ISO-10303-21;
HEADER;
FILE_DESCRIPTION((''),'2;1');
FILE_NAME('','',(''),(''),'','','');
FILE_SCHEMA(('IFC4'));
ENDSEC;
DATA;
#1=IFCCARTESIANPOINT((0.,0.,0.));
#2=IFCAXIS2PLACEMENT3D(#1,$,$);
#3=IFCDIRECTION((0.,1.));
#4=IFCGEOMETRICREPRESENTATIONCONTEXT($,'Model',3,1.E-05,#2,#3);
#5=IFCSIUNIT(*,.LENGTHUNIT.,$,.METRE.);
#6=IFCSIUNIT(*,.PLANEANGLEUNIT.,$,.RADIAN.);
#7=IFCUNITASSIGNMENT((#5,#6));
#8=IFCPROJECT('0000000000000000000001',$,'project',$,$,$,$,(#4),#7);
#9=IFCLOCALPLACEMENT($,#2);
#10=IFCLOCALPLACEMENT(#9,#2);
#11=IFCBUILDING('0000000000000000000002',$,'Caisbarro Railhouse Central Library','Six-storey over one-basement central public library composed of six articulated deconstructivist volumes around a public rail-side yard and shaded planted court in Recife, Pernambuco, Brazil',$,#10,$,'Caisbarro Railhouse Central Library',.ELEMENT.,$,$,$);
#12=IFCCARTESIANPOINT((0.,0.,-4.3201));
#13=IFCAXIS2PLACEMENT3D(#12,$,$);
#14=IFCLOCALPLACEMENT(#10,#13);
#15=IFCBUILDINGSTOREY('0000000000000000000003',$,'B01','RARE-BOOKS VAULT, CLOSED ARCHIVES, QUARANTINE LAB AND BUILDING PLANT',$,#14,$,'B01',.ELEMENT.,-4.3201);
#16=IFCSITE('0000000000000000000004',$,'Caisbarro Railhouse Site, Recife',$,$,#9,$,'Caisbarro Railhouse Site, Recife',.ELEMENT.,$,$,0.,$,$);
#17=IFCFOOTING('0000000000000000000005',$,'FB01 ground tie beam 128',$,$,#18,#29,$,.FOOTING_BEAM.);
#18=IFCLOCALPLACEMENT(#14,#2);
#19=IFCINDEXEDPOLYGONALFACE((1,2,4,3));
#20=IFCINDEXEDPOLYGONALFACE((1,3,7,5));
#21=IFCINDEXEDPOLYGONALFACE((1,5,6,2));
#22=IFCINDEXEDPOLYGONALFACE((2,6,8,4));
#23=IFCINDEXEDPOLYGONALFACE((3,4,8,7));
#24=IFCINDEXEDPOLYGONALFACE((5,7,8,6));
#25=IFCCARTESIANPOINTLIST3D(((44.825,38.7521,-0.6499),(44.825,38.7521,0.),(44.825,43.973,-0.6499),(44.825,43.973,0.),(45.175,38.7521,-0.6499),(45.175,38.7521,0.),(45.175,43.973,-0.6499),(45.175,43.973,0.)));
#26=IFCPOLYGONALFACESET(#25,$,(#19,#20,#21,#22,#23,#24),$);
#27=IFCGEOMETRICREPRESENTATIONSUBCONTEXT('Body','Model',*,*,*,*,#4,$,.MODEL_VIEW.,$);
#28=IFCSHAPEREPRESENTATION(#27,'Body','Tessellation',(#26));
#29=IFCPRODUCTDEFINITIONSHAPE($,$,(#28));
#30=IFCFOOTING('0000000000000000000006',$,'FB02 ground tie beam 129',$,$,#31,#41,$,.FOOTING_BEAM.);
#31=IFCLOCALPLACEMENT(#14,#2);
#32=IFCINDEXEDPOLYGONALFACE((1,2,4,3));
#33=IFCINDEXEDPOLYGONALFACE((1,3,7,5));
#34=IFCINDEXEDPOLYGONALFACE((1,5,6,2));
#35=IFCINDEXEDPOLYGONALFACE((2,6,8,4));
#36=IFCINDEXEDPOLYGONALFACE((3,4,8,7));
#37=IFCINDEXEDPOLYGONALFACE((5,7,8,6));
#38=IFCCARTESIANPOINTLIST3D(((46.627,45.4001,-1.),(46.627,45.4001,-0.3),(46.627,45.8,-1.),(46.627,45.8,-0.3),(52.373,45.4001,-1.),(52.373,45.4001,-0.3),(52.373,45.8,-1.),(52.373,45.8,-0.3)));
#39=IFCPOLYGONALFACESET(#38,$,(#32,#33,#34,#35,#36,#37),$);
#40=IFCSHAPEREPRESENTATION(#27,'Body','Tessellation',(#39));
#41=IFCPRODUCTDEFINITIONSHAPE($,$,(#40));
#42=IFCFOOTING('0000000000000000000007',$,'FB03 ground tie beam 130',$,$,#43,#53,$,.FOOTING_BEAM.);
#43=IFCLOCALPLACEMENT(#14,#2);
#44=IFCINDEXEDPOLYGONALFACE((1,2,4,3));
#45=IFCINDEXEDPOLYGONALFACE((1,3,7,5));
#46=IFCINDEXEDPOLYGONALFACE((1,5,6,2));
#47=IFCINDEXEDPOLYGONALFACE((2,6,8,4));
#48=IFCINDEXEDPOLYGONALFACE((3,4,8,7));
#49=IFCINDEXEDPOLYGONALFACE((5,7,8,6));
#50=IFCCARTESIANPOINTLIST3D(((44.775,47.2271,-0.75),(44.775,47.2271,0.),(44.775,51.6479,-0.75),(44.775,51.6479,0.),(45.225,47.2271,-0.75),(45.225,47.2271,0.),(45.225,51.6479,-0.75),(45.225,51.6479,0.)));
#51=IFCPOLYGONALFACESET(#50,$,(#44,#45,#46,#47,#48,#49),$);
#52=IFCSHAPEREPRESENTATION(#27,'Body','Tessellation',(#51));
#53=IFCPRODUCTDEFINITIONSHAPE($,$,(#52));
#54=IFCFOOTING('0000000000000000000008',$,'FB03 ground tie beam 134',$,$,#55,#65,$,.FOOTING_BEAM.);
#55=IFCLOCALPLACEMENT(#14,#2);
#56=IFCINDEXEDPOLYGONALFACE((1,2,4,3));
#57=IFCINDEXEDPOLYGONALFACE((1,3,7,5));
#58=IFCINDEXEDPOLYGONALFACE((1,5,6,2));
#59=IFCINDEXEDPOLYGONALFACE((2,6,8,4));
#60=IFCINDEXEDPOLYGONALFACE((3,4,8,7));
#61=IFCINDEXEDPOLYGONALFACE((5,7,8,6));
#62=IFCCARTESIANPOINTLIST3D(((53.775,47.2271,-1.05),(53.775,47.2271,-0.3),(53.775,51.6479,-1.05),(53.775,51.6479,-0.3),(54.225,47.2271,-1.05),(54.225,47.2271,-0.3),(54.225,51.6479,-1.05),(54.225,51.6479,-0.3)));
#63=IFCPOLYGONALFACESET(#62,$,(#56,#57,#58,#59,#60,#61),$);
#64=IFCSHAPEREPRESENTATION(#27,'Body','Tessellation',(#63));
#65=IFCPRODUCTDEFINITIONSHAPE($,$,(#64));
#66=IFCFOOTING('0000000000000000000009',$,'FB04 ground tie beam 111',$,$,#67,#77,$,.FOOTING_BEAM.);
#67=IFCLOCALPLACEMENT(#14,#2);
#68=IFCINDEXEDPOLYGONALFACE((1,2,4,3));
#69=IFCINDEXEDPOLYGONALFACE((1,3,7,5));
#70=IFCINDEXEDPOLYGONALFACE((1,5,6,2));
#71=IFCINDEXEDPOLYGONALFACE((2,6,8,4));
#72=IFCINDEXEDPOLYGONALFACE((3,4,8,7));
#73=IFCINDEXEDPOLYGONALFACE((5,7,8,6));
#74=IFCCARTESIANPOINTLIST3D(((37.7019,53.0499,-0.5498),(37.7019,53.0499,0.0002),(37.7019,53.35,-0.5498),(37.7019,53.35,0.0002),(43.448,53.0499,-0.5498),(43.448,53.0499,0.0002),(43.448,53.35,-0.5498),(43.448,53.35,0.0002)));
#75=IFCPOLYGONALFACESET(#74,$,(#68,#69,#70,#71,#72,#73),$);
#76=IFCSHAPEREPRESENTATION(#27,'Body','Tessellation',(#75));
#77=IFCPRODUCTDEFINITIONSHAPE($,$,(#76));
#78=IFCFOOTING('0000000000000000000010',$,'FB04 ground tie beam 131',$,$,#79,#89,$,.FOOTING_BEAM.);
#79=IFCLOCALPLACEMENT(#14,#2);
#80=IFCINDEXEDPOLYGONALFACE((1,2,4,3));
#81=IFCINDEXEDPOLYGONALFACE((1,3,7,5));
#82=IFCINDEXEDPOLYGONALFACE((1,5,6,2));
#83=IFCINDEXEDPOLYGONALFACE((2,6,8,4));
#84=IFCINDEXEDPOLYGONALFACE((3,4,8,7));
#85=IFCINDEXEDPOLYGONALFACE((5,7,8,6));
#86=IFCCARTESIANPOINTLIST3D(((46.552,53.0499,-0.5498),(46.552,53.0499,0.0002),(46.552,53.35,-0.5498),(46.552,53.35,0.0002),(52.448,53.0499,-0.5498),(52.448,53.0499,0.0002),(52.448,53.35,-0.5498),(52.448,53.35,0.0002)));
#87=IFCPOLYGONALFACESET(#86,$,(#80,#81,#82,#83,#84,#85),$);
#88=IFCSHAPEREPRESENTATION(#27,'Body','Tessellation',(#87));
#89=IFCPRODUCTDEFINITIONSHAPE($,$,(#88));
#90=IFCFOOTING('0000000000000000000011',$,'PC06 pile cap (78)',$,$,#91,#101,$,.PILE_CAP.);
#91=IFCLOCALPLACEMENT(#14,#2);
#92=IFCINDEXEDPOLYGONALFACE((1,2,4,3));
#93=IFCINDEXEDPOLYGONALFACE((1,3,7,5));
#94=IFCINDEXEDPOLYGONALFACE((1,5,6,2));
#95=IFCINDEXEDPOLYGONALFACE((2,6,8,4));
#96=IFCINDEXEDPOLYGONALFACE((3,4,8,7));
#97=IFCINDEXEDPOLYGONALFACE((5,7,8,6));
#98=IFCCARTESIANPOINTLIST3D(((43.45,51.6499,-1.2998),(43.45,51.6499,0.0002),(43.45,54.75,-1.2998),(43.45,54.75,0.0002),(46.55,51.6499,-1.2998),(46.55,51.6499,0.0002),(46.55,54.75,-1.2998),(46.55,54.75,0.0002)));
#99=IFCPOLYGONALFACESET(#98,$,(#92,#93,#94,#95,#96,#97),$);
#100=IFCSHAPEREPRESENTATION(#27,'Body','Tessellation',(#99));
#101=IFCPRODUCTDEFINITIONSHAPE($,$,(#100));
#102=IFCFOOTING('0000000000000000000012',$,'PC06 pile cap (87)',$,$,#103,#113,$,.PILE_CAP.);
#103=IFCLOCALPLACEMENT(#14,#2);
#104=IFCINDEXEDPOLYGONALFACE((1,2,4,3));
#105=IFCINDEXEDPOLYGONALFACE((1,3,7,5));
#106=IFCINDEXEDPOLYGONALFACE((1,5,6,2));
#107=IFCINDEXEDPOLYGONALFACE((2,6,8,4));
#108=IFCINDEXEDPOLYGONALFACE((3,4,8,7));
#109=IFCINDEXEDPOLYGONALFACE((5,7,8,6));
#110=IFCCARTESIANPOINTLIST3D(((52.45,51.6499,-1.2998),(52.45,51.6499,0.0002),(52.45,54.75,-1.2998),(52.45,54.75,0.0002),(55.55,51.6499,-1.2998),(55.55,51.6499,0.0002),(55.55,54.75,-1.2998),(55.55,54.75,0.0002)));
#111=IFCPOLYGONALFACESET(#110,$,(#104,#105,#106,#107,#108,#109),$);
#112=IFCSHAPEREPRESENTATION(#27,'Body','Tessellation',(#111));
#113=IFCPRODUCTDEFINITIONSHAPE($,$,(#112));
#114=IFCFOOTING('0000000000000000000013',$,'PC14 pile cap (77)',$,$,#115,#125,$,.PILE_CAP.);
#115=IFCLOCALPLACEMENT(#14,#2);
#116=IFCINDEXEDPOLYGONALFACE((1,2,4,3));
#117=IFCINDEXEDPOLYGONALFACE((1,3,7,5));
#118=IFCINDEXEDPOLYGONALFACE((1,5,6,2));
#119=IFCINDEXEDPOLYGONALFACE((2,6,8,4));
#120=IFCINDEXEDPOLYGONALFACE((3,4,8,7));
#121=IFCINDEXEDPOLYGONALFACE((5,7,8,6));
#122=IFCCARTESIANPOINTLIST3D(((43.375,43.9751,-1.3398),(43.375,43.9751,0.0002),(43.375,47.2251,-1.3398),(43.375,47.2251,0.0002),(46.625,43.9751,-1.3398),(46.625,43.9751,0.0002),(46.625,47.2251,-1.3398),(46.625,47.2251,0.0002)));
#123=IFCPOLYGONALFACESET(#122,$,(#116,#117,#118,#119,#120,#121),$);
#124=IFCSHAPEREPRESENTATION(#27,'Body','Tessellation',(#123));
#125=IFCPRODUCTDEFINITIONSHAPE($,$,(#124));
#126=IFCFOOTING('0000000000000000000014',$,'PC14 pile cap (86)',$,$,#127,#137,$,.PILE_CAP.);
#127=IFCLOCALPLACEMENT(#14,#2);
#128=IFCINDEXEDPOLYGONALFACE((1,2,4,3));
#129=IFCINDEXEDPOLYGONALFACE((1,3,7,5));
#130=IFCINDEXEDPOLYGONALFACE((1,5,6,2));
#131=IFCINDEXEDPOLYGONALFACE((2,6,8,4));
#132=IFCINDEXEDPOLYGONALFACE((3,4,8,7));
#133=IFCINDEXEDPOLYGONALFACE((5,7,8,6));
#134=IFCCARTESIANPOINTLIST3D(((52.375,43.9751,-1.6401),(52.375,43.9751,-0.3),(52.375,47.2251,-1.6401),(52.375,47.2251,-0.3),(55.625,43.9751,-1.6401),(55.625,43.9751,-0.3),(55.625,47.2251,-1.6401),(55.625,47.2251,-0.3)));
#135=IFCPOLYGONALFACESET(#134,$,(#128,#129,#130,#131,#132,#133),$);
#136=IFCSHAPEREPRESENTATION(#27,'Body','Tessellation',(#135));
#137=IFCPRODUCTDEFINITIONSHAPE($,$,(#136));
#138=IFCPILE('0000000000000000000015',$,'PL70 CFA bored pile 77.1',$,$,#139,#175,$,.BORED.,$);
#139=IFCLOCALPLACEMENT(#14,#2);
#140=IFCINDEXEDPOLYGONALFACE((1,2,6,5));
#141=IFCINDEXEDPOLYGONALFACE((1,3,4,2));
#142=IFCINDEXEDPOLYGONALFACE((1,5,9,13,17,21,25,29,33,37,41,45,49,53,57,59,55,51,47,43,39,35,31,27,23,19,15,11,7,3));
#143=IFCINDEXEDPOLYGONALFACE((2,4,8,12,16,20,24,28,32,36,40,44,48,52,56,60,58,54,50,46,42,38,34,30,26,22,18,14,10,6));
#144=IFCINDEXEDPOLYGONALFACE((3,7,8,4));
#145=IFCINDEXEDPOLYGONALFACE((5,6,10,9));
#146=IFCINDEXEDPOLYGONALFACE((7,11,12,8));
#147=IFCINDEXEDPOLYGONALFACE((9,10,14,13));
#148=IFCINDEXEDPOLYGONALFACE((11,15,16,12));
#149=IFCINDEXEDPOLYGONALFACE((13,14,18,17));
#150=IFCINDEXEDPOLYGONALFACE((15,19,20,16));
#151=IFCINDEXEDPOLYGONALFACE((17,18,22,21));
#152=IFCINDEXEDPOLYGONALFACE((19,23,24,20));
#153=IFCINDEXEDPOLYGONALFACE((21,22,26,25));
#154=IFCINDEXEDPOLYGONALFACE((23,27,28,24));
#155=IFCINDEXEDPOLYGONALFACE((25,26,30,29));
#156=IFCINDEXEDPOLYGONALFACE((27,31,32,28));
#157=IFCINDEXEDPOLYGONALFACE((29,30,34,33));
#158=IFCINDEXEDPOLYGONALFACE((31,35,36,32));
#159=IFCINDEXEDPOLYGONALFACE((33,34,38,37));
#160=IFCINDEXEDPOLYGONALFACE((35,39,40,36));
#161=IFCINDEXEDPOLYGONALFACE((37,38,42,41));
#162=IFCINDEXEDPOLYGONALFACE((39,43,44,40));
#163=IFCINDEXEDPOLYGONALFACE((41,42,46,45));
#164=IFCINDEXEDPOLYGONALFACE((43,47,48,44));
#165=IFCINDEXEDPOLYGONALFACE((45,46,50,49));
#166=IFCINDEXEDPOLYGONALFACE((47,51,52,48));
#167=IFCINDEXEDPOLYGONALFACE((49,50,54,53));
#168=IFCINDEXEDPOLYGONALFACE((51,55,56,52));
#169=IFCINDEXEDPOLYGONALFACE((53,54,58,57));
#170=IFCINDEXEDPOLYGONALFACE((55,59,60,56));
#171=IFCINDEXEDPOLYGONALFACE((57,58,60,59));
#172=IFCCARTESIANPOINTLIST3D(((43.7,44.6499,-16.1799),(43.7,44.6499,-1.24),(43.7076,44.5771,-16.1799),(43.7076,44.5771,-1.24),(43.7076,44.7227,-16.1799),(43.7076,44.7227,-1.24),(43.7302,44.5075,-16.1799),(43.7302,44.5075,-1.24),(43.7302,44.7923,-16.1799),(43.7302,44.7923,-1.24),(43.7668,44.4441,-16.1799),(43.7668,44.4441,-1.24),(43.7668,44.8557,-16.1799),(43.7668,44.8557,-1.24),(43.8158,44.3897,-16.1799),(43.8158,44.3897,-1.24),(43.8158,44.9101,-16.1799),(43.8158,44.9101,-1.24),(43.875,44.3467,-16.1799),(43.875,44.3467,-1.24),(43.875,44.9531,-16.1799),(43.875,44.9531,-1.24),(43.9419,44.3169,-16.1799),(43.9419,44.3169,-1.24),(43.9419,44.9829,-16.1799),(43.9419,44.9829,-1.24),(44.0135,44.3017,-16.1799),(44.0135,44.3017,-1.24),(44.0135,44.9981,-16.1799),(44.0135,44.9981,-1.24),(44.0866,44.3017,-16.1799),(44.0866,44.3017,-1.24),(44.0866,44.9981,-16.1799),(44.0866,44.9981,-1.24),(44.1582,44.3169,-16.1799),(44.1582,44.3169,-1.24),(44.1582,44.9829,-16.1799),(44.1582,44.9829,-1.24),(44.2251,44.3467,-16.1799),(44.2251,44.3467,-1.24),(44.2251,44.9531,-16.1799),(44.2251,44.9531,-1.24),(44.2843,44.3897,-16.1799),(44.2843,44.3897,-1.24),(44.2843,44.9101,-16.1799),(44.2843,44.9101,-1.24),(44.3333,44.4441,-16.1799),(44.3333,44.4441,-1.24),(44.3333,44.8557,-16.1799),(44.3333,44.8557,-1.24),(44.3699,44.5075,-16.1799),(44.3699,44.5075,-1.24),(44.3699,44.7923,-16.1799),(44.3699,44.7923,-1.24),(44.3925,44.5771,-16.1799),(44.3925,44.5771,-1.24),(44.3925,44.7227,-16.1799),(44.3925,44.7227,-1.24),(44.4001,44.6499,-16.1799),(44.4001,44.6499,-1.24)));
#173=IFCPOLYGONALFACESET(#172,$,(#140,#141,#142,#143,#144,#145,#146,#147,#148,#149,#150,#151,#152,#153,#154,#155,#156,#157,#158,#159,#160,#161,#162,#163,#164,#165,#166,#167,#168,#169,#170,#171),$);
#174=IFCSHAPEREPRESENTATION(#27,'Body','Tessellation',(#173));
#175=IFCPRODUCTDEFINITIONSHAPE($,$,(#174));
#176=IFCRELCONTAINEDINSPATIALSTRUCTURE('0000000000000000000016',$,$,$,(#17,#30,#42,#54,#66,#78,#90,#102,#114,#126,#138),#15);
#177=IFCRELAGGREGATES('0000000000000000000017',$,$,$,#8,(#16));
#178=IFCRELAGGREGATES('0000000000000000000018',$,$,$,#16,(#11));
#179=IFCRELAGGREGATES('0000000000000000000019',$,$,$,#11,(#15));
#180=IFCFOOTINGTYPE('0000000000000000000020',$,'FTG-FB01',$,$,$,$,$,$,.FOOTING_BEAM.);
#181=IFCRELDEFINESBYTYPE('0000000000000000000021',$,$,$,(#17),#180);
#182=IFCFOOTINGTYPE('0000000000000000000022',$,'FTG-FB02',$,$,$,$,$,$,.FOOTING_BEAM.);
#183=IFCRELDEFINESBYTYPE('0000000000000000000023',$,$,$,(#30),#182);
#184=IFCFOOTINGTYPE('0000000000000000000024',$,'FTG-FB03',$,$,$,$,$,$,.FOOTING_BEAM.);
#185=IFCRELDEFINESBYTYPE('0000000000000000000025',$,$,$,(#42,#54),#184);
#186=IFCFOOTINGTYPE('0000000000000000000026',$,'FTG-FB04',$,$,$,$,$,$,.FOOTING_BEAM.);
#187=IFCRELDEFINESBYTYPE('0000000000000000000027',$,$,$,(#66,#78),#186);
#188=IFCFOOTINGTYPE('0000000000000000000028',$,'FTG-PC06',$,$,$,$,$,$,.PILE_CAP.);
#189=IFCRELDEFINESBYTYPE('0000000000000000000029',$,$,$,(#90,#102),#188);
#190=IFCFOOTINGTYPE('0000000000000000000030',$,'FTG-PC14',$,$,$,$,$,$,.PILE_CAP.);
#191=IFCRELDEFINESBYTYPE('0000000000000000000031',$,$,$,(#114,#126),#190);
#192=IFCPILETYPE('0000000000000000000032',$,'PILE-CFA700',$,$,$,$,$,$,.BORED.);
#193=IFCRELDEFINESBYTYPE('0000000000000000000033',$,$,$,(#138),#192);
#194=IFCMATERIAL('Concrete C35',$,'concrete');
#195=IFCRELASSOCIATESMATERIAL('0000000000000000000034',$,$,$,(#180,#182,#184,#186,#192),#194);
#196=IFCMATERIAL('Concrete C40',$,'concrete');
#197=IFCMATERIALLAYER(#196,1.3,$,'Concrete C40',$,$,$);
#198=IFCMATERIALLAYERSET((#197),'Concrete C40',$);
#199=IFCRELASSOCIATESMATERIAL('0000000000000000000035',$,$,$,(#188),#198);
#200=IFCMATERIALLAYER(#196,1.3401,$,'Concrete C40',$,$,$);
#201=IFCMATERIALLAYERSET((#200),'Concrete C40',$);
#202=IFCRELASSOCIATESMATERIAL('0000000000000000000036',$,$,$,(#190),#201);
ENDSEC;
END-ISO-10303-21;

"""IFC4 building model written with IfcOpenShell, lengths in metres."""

from ifc_helpers import new_model, si_unit, direction, frame, origin, origin_2d, place, context, subcontext, project, spatial, rectangle, circle, extrude, material, layer, layer_set, material_profile, profile_set, type_object, element, save


model = new_model("IFC4")

# Units and contexts
model_context = context("Model", 3, precision=1e-05, world=origin(), true_north=direction((0.0, 1.0)))
body_context = subcontext(model_context, "Body", "Model", "MODEL_VIEW")
ifc_project = project(units=[si_unit("LENGTHUNIT", "METRE"), si_unit("PLANEANGLEUNIT", "RADIAN")], contexts=[model_context])

# Site, building, storey
site_placement = place(None, origin())
site = spatial("IfcSite", under=ifc_project, at=site_placement, Name="Caisbarro Railhouse Site, Recife", LongName="Caisbarro Railhouse Site, Recife", CompositionType="ELEMENT", RefElevation=0.0)
building_placement = place(site_placement, origin())
building = spatial("IfcBuilding", under=site, at=building_placement, Name="Caisbarro Railhouse Central Library", Description="Six-storey over one-basement central public library composed of six articulated deconstructivist volumes around a public rail-side yard and shaded planted court in Recife, Pernambuco, Brazil", LongName="Caisbarro Railhouse Central Library", CompositionType="ELEMENT")
storey_placement = place(building_placement, frame((0.0, 0.0, -4.3201)))
storey = spatial("IfcBuildingStorey", under=building, at=storey_placement, Name="B01", Description="RARE-BOOKS VAULT, CLOSED ARCHIVES, QUARANTINE LAB AND BUILDING PLANT", LongName="B01", CompositionType="ELEMENT", Elevation=-4.3201)

# Footings
ifc_material_1 = material(Name="Concrete C35", Category="concrete")
footing_type_1 = type_object("IfcFootingType", Name="FTG-FB01", PredefinedType="FOOTING_BEAM", material=ifc_material_1)
footing_1_placement = place(storey_placement, frame((45.0, 41.3625, -0.6499), z_axis=(0.0, 0.0, 1.0), x_axis=(0.0, 1.0, 0.0)))
element("IfcFooting", 1, at=footing_1_placement, inside=storey, type_object=footing_type_1, Name="FB01 ground tie beam 128", PredefinedType="FOOTING_BEAM", context=body_context, shape_type="SweptSolid", body=[
    extrude(rectangle(XDim=5.2209, YDim=0.3501, at=origin_2d()), origin(), (0.0, 0.0, 1.0), 0.6499),
])
footing_type_2 = type_object("IfcFootingType", Name="FTG-FB02", PredefinedType="FOOTING_BEAM", material=ifc_material_1)
footing_2_placement = place(storey_placement, frame((49.5, 45.6001, -1.0), z_axis=(0.0, 0.0, 1.0), x_axis=(1.0, 0.0, 0.0)))
element("IfcFooting", 2, at=footing_2_placement, inside=storey, type_object=footing_type_2, Name="FB02 ground tie beam 129", PredefinedType="FOOTING_BEAM", context=body_context, shape_type="SweptSolid", body=[
    extrude(rectangle(XDim=5.7461, YDim=0.3999, at=origin_2d()), origin(), (0.0, 0.0, 1.0), 0.7),
])
footing_type_3 = type_object("IfcFootingType", Name="FTG-FB03", PredefinedType="FOOTING_BEAM", material=ifc_material_1)
for number, where, z_axis, x_axis, name in (
    (3, (45.0, 49.4375, -0.75), (0.0, 0.0, 1.0), (0.0, 1.0, 0.0), "FB03 ground tie beam 130"),
    (4, (54.0, 49.4375, -1.05), (0.0, 0.0, 1.0), (0.0, 1.0, 0.0), "FB03 ground tie beam 134"),
):
    element("IfcFooting", number, at=place(storey_placement, frame(where, z_axis=z_axis, x_axis=x_axis)), inside=storey, type_object=footing_type_3, Name=name, PredefinedType="FOOTING_BEAM", context=body_context, shape_type="SweptSolid", body=[
        extrude(rectangle(XDim=4.4209, YDim=0.45, at=origin_2d()), origin(), (0.0, 0.0, 1.0), 0.75),
    ])
footing_type_4 = type_object("IfcFootingType", Name="FTG-FB04", PredefinedType="FOOTING_BEAM", material=ifc_material_1)
footing_3_placement = place(storey_placement, frame((40.575, 53.2, -0.5498), z_axis=(0.0, 0.0, 1.0), x_axis=(1.0, 0.0, 0.0)))
element("IfcFooting", 5, at=footing_3_placement, inside=storey, type_object=footing_type_4, Name="FB04 ground tie beam 111", PredefinedType="FOOTING_BEAM", context=body_context, shape_type="SweptSolid", body=[
    extrude(rectangle(XDim=5.7461, YDim=0.3, at=origin_2d()), origin(), (0.0, 0.0, 1.0), 0.55),
])
footing_4_placement = place(storey_placement, frame((49.5, 53.2, -0.5498), z_axis=(0.0, 0.0, 1.0), x_axis=(1.0, 0.0, 0.0)))
element("IfcFooting", 6, at=footing_4_placement, inside=storey, type_object=footing_type_4, Name="FB04 ground tie beam 131", PredefinedType="FOOTING_BEAM", context=body_context, shape_type="SweptSolid", body=[
    extrude(rectangle(XDim=5.896, YDim=0.3, at=origin_2d()), origin(), (0.0, 0.0, 1.0), 0.55),
])
ifc_material_2 = material(Name="Concrete C40", Category="concrete")
ifc_layer_1 = layer(ifc_material_2, 1.3, Name="Concrete C40")
ifc_layer_set_1 = layer_set([ifc_layer_1], Name="Concrete C40")
footing_type_5 = type_object("IfcFootingType", Name="FTG-PC06", PredefinedType="PILE_CAP", material=ifc_layer_set_1)
for number, where, z_axis, x_axis, name in (
    (7, (45.0, 53.2, -1.2998), (0.0, 0.0, 1.0), (1.0, 0.0, 0.0), "PC06 pile cap (78)"),
    (8, (54.0, 53.2, -1.2998), (0.0, 0.0, 1.0), (1.0, 0.0, 0.0), "PC06 pile cap (87)"),
):
    element("IfcFooting", number, at=place(storey_placement, frame(where, z_axis=z_axis, x_axis=x_axis)), inside=storey, type_object=footing_type_5, Name=name, PredefinedType="PILE_CAP", context=body_context, shape_type="SweptSolid", body=[
        extrude(rectangle(XDim=3.1001, YDim=3.1001, at=origin_2d()), origin(), (0.0, 0.0, 1.0), 1.3),
    ])
ifc_layer_2 = layer(ifc_material_2, 1.3401, Name="Concrete C40")
ifc_layer_set_2 = layer_set([ifc_layer_2], Name="Concrete C40")
footing_type_6 = type_object("IfcFootingType", Name="FTG-PC14", PredefinedType="PILE_CAP", material=ifc_layer_set_2)
for number, where, z_axis, x_axis, name in (
    (9, (45.0, 45.6001, -1.3398), (0.0, 0.0, 1.0), (1.0, 0.0, 0.0), "PC14 pile cap (77)"),
    (10, (54.0, 45.6001, -1.6401), (0.0, 0.0, 1.0), (1.0, 0.0, 0.0), "PC14 pile cap (86)"),
):
    element("IfcFooting", number, at=place(storey_placement, frame(where, z_axis=z_axis, x_axis=x_axis)), inside=storey, type_object=footing_type_6, Name=name, PredefinedType="PILE_CAP", context=body_context, shape_type="SweptSolid", body=[
        extrude(rectangle(XDim=3.25, YDim=3.25, at=origin_2d()), origin(), (0.0, 0.0, 1.0), 1.3401),
    ])

# Pile
ifc_material_profile_1 = material_profile(ifc_material_1, circle(Radius=0.3501, at=origin_2d()), Name="PILE-CFA-700")
ifc_profile_set_1 = profile_set([ifc_material_profile_1], Name="Concrete C35")
pile_type = type_object("IfcPileType", Name="PILE-CFA700", PredefinedType="BORED", material=ifc_profile_set_1)
for number, where, z_axis, x_axis, name in (
    (11, (44.05, 44.6499, -1.24), (0.0, 0.0, -1.0), (1.0, 0.0, 0.0), "PL70 CFA bored pile 77.1"),
):
    element("IfcPile", number, at=place(storey_placement, frame(where, z_axis=z_axis, x_axis=x_axis)), inside=storey, type_object=pile_type, Name=name, PredefinedType="BORED", context=body_context, shape_type="SweptSolid", body=[
        extrude(circle(Radius=0.3501, at=origin_2d()), origin(), (0.0, 0.0, 1.0), 14.9399),
    ])

save(model, "model.ifc")
